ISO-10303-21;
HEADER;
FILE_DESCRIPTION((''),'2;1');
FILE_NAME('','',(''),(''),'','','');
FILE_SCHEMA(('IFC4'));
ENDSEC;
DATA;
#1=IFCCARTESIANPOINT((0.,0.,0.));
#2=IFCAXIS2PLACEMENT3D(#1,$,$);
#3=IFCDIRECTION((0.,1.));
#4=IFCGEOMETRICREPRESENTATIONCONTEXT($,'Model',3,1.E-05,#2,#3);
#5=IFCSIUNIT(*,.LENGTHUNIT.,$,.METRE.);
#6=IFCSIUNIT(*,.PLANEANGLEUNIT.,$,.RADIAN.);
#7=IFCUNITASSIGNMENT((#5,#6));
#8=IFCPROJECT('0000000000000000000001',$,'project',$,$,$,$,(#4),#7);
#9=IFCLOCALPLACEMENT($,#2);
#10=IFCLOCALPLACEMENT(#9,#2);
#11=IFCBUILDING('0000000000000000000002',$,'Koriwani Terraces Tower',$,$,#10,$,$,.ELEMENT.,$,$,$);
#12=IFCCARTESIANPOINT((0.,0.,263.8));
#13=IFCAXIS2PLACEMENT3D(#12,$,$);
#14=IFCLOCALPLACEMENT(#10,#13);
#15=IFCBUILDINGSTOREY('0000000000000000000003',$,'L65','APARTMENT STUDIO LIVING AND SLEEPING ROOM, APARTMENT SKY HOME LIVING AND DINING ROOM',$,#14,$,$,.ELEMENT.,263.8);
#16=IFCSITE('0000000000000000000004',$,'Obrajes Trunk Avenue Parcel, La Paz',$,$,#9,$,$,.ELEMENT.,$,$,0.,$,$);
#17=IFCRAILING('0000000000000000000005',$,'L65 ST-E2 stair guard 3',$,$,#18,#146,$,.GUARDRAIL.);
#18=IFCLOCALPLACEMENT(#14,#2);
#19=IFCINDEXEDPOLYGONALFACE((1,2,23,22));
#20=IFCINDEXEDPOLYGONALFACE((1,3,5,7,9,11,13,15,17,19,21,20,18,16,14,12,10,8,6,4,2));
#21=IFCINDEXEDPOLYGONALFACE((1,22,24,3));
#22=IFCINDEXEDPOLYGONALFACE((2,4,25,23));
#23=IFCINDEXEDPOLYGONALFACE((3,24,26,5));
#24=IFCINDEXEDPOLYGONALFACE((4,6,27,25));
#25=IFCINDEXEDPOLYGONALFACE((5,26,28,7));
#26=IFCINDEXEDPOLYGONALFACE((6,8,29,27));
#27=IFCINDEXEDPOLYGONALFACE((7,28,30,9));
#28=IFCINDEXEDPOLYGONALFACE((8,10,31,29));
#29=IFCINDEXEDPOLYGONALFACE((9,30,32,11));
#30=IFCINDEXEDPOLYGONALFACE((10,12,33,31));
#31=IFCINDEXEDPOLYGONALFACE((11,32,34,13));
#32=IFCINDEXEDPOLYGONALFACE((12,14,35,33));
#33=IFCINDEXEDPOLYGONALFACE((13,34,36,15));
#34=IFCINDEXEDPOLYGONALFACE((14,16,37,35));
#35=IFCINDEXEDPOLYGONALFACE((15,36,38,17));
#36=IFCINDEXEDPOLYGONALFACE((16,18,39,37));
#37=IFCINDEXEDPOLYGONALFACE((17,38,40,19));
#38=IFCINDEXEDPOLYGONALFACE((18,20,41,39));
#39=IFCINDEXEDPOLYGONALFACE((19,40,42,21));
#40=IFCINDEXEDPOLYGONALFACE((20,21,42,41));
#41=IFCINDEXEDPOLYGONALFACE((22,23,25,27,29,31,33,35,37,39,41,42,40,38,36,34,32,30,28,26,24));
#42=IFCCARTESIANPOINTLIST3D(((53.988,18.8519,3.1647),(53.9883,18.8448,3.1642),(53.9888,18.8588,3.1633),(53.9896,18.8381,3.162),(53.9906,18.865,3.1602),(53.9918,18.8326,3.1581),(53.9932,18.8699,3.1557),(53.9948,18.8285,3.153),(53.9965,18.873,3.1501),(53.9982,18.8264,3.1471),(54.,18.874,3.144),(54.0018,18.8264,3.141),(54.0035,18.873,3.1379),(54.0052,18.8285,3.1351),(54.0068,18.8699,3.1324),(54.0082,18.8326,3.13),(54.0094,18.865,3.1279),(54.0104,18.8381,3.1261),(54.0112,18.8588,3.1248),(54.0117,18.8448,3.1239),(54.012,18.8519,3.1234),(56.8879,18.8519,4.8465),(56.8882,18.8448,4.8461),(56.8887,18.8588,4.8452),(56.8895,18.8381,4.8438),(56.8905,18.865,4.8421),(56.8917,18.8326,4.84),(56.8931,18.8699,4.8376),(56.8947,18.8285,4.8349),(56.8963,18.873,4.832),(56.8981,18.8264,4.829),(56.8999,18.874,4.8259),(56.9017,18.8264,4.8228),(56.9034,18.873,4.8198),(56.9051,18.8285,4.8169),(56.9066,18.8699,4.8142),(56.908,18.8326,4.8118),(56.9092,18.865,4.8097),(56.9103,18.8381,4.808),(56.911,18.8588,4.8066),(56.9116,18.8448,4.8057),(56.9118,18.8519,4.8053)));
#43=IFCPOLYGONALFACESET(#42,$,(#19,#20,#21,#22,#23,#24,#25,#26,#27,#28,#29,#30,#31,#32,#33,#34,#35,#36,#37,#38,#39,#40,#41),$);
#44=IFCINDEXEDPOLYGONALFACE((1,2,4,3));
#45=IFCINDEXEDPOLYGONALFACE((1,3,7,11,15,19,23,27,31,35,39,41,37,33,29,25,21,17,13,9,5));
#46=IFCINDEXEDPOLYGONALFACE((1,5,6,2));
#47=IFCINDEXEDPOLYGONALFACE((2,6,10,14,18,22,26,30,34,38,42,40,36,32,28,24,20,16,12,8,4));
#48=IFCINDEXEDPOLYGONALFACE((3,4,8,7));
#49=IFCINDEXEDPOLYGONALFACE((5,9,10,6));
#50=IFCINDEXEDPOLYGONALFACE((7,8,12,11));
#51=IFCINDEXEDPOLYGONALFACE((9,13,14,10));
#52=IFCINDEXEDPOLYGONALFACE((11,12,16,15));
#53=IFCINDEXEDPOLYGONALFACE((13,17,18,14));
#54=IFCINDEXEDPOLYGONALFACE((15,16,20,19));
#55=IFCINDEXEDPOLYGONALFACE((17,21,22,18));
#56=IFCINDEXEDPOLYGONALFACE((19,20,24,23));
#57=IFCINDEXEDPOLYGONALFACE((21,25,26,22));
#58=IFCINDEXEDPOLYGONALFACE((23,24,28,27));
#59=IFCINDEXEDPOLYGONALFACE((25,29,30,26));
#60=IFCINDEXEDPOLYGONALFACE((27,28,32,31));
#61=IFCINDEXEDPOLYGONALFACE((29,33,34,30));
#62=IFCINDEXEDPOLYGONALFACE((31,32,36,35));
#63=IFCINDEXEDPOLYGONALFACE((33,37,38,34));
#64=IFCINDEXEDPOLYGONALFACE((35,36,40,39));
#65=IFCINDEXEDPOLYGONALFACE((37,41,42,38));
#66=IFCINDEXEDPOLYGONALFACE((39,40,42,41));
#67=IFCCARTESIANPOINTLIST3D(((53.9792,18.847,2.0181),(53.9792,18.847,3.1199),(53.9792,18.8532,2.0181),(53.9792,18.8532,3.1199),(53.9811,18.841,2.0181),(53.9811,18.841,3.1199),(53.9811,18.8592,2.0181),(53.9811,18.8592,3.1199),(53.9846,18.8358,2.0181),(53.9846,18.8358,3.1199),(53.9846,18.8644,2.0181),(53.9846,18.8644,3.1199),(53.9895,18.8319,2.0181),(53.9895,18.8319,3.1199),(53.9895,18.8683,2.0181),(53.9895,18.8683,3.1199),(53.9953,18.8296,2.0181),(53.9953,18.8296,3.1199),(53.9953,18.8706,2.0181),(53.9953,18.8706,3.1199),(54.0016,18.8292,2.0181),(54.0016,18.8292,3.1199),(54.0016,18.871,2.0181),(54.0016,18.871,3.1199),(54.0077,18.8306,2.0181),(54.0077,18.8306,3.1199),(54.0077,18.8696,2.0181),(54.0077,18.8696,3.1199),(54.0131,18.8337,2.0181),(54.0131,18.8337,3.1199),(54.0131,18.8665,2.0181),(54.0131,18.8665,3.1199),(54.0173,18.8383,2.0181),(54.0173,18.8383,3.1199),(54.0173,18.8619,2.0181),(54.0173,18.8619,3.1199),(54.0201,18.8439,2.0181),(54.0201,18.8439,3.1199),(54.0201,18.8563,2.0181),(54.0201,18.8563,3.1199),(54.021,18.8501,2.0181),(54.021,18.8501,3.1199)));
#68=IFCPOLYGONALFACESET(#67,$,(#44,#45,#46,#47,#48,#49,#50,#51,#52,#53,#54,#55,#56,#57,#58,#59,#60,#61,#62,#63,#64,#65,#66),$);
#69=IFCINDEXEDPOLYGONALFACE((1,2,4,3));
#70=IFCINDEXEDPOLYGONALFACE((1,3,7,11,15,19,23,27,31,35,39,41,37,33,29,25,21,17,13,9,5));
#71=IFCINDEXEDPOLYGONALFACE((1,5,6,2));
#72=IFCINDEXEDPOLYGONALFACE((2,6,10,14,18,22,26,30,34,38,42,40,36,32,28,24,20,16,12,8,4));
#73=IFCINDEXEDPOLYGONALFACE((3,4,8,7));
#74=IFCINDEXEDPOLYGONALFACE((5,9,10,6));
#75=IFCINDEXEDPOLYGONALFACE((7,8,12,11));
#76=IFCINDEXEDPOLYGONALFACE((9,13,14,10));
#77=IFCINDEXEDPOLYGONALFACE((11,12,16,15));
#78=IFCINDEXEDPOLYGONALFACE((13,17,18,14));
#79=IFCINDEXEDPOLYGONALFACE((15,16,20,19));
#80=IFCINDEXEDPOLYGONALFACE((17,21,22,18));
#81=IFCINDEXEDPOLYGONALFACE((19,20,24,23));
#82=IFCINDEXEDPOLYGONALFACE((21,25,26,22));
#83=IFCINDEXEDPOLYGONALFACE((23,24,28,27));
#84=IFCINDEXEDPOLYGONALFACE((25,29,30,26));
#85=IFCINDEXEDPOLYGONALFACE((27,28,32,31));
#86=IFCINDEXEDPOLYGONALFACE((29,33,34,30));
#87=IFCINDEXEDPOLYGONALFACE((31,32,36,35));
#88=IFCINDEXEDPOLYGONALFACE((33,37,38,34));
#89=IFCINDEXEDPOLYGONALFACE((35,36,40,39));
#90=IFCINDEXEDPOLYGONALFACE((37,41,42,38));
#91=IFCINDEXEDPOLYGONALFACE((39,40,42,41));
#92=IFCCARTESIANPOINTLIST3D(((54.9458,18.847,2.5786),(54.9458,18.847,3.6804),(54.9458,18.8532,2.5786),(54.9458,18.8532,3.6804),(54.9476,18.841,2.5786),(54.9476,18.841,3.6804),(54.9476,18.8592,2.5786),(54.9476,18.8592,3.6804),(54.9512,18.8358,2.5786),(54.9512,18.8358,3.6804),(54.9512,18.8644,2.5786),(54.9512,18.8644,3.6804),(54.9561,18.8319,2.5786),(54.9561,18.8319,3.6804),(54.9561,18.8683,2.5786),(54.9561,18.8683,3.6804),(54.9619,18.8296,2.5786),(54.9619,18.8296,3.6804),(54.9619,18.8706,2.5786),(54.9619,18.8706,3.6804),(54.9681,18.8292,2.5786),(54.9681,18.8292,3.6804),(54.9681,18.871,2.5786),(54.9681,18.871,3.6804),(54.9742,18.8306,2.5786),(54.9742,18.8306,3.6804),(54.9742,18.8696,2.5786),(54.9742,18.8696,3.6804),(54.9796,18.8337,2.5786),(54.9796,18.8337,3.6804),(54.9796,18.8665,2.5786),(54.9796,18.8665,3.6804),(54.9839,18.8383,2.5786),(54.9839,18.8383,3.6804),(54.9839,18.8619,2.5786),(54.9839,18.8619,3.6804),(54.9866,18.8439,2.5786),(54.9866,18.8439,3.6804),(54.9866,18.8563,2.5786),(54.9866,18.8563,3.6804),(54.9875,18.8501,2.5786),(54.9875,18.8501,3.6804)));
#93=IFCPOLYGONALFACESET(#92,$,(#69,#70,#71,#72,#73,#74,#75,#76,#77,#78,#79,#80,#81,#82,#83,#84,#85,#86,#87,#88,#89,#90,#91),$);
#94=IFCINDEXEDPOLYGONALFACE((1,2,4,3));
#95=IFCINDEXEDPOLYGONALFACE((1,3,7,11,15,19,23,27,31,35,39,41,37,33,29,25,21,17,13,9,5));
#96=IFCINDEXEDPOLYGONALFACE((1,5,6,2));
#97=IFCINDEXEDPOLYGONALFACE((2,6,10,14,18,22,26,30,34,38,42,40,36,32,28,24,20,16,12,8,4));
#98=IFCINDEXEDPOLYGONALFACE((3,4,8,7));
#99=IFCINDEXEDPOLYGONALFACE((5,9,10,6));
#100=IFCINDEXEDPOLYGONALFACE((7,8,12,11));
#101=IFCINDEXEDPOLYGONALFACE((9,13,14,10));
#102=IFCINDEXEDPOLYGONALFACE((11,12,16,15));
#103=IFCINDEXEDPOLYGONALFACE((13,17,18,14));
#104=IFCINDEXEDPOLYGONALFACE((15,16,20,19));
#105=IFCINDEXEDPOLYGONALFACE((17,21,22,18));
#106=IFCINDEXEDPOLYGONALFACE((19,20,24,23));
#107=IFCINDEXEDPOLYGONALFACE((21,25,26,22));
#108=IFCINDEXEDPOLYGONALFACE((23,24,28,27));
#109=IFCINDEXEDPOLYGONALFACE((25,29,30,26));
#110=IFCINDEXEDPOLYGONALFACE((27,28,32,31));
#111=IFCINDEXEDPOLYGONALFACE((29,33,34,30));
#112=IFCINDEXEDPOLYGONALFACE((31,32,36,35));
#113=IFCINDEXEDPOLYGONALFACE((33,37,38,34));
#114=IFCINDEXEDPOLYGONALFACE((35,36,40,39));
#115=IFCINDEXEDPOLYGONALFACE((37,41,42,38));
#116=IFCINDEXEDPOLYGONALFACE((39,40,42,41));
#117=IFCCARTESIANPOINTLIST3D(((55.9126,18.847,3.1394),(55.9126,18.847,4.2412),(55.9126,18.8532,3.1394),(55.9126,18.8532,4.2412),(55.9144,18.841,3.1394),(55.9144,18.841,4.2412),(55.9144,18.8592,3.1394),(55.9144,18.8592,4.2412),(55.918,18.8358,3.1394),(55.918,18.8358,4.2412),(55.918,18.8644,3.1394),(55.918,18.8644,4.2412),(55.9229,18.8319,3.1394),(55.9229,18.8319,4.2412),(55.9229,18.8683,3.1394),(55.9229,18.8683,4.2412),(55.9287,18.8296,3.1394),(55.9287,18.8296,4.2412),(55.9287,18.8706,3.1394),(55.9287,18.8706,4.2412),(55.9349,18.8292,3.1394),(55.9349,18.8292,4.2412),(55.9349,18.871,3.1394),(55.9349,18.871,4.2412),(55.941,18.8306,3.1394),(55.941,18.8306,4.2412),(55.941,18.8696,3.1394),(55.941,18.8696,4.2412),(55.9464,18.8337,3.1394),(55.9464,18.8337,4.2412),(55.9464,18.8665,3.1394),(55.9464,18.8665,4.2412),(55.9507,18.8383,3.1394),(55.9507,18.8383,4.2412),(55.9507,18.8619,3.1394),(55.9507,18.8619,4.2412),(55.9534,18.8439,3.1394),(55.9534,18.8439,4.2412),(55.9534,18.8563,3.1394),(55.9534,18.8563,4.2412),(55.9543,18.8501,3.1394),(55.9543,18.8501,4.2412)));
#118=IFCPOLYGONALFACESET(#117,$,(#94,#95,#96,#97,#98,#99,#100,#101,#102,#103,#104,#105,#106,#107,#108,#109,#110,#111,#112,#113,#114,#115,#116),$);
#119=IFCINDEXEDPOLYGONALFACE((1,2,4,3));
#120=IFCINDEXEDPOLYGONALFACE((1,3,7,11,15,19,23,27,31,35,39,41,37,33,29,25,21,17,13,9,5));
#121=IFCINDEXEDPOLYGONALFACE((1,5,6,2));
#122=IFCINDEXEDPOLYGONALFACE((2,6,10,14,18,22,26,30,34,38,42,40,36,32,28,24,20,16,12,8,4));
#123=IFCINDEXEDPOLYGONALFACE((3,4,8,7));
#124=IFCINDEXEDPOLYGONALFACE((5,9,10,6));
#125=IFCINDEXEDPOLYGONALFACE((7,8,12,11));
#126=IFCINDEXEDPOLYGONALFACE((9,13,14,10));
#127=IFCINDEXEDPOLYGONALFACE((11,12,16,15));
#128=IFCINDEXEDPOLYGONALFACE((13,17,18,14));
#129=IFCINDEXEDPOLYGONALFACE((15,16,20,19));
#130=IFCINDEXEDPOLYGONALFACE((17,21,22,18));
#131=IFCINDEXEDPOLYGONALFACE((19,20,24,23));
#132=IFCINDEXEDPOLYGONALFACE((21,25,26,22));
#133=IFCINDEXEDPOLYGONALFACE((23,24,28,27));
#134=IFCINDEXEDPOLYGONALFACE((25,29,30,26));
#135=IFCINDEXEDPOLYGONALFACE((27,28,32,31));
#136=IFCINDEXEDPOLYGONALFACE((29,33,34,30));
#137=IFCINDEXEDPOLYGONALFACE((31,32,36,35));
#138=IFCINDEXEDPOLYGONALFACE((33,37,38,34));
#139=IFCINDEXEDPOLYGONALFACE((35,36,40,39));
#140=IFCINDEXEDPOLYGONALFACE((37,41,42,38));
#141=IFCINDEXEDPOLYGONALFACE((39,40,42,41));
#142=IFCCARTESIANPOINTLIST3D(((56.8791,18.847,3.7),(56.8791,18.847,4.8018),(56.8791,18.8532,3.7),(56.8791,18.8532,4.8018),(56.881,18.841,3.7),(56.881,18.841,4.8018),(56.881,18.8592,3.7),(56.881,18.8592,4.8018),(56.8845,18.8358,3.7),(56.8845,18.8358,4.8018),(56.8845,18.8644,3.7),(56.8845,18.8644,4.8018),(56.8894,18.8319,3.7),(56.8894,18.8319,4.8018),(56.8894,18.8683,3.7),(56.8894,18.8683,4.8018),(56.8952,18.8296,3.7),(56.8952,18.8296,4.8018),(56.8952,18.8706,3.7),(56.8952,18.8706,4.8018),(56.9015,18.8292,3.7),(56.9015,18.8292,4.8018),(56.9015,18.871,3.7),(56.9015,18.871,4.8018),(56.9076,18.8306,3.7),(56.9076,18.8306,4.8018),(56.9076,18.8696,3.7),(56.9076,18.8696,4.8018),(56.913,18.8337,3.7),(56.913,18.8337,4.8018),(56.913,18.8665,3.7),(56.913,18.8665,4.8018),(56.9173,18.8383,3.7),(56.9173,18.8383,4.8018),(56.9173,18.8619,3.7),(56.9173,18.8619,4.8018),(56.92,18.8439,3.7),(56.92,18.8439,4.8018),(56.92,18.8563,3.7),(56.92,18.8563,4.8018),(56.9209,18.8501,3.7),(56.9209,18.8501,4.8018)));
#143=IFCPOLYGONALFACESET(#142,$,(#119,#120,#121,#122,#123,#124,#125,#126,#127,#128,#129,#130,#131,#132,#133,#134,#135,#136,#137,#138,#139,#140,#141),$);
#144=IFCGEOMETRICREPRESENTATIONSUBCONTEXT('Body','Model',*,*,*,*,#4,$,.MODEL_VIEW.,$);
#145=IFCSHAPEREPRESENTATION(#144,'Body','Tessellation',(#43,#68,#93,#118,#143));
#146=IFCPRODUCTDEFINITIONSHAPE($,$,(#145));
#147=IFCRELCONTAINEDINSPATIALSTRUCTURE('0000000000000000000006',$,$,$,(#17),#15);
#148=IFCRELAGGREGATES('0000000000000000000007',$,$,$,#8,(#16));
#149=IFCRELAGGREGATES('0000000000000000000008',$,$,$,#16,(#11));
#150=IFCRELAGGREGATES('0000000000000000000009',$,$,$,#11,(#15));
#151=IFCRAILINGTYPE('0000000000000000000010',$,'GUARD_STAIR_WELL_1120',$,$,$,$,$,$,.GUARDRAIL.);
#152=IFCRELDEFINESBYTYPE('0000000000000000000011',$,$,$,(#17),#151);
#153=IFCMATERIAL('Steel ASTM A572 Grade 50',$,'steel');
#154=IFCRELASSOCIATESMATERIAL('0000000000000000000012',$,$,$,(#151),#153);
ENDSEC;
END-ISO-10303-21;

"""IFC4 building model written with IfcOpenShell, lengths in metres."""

from ifc_helpers import new_model, si_unit, direction, frame, origin, origin_2d, place, context, subcontext, project, spatial, circle, extrude, material, type_object, element, save


model = new_model("IFC4")

# Units and contexts
model_context = context("Model", 3, precision=1e-05, world=origin(), true_north=direction((0.0, 1.0)))
body_context = subcontext(model_context, "Body", "Model", "MODEL_VIEW")
ifc_project = project(units=[si_unit("LENGTHUNIT", "METRE"), si_unit("PLANEANGLEUNIT", "RADIAN")], contexts=[model_context])

# Site, building, storey
site_placement = place(None, origin())
site = spatial("IfcSite", under=ifc_project, at=site_placement, Name="Obrajes Trunk Avenue Parcel, La Paz", CompositionType="ELEMENT", RefElevation=0.0)
building_placement = place(site_placement, origin())
building = spatial("IfcBuilding", under=site, at=building_placement, Name="Koriwani Terraces Tower", CompositionType="ELEMENT")
storey_placement = place(building_placement, frame((0.0, 0.0, 263.8)))
storey = spatial("IfcBuildingStorey", under=building, at=storey_placement, Name="L65", Description="APARTMENT STUDIO LIVING AND SLEEPING ROOM, APARTMENT SKY HOME LIVING AND DINING ROOM", CompositionType="ELEMENT", Elevation=263.8)

# Shared definitions
ifc_material_1 = material(Name="Steel ASTM A572 Grade 50", Category="steel")

# Railing
railing_type_1 = type_object("IfcRailingType", Name="GUARD_STAIR_WELL_1120", PredefinedType="GUARDRAIL", material=ifc_material_1)
railing_1_placement = place(storey_placement, frame((54.0, 18.8501, 2.0181)))
element("IfcRailing", 1, at=railing_1_placement, inside=storey, type_object=railing_type_1, Name="L65 ST-E2 stair guard 3", PredefinedType="GUARDRAIL", context=body_context, shape_type="SweptSolid", body=[
    extrude(circle(Radius=0.0239, at=origin_2d()), frame((0.0, 0.0, 1.126), z_axis=(0.865039, 0.0, 0.501705), x_axis=(0.0, 1.0, 0.0)), (0.0, 0.0, 1.0), 3.3523),
    extrude(circle(Radius=0.021, at=origin_2d()), origin(), (0.0, 0.0, 1.0), 1.1018),
    extrude(circle(Radius=0.021, at=origin_2d()), frame((0.9666, 0.0, 0.5605)), (0.0, 0.0, 1.0), 1.1018),
    extrude(circle(Radius=0.021, at=origin_2d()), frame((1.9333, 0.0, 1.1213)), (0.0, 0.0, 1.0), 1.1018),
    extrude(circle(Radius=0.021, at=origin_2d()), frame((2.8999, 0.0, 1.6819)), (0.0, 0.0, 1.0), 1.1018),
])

save(model, "model.ifc")
